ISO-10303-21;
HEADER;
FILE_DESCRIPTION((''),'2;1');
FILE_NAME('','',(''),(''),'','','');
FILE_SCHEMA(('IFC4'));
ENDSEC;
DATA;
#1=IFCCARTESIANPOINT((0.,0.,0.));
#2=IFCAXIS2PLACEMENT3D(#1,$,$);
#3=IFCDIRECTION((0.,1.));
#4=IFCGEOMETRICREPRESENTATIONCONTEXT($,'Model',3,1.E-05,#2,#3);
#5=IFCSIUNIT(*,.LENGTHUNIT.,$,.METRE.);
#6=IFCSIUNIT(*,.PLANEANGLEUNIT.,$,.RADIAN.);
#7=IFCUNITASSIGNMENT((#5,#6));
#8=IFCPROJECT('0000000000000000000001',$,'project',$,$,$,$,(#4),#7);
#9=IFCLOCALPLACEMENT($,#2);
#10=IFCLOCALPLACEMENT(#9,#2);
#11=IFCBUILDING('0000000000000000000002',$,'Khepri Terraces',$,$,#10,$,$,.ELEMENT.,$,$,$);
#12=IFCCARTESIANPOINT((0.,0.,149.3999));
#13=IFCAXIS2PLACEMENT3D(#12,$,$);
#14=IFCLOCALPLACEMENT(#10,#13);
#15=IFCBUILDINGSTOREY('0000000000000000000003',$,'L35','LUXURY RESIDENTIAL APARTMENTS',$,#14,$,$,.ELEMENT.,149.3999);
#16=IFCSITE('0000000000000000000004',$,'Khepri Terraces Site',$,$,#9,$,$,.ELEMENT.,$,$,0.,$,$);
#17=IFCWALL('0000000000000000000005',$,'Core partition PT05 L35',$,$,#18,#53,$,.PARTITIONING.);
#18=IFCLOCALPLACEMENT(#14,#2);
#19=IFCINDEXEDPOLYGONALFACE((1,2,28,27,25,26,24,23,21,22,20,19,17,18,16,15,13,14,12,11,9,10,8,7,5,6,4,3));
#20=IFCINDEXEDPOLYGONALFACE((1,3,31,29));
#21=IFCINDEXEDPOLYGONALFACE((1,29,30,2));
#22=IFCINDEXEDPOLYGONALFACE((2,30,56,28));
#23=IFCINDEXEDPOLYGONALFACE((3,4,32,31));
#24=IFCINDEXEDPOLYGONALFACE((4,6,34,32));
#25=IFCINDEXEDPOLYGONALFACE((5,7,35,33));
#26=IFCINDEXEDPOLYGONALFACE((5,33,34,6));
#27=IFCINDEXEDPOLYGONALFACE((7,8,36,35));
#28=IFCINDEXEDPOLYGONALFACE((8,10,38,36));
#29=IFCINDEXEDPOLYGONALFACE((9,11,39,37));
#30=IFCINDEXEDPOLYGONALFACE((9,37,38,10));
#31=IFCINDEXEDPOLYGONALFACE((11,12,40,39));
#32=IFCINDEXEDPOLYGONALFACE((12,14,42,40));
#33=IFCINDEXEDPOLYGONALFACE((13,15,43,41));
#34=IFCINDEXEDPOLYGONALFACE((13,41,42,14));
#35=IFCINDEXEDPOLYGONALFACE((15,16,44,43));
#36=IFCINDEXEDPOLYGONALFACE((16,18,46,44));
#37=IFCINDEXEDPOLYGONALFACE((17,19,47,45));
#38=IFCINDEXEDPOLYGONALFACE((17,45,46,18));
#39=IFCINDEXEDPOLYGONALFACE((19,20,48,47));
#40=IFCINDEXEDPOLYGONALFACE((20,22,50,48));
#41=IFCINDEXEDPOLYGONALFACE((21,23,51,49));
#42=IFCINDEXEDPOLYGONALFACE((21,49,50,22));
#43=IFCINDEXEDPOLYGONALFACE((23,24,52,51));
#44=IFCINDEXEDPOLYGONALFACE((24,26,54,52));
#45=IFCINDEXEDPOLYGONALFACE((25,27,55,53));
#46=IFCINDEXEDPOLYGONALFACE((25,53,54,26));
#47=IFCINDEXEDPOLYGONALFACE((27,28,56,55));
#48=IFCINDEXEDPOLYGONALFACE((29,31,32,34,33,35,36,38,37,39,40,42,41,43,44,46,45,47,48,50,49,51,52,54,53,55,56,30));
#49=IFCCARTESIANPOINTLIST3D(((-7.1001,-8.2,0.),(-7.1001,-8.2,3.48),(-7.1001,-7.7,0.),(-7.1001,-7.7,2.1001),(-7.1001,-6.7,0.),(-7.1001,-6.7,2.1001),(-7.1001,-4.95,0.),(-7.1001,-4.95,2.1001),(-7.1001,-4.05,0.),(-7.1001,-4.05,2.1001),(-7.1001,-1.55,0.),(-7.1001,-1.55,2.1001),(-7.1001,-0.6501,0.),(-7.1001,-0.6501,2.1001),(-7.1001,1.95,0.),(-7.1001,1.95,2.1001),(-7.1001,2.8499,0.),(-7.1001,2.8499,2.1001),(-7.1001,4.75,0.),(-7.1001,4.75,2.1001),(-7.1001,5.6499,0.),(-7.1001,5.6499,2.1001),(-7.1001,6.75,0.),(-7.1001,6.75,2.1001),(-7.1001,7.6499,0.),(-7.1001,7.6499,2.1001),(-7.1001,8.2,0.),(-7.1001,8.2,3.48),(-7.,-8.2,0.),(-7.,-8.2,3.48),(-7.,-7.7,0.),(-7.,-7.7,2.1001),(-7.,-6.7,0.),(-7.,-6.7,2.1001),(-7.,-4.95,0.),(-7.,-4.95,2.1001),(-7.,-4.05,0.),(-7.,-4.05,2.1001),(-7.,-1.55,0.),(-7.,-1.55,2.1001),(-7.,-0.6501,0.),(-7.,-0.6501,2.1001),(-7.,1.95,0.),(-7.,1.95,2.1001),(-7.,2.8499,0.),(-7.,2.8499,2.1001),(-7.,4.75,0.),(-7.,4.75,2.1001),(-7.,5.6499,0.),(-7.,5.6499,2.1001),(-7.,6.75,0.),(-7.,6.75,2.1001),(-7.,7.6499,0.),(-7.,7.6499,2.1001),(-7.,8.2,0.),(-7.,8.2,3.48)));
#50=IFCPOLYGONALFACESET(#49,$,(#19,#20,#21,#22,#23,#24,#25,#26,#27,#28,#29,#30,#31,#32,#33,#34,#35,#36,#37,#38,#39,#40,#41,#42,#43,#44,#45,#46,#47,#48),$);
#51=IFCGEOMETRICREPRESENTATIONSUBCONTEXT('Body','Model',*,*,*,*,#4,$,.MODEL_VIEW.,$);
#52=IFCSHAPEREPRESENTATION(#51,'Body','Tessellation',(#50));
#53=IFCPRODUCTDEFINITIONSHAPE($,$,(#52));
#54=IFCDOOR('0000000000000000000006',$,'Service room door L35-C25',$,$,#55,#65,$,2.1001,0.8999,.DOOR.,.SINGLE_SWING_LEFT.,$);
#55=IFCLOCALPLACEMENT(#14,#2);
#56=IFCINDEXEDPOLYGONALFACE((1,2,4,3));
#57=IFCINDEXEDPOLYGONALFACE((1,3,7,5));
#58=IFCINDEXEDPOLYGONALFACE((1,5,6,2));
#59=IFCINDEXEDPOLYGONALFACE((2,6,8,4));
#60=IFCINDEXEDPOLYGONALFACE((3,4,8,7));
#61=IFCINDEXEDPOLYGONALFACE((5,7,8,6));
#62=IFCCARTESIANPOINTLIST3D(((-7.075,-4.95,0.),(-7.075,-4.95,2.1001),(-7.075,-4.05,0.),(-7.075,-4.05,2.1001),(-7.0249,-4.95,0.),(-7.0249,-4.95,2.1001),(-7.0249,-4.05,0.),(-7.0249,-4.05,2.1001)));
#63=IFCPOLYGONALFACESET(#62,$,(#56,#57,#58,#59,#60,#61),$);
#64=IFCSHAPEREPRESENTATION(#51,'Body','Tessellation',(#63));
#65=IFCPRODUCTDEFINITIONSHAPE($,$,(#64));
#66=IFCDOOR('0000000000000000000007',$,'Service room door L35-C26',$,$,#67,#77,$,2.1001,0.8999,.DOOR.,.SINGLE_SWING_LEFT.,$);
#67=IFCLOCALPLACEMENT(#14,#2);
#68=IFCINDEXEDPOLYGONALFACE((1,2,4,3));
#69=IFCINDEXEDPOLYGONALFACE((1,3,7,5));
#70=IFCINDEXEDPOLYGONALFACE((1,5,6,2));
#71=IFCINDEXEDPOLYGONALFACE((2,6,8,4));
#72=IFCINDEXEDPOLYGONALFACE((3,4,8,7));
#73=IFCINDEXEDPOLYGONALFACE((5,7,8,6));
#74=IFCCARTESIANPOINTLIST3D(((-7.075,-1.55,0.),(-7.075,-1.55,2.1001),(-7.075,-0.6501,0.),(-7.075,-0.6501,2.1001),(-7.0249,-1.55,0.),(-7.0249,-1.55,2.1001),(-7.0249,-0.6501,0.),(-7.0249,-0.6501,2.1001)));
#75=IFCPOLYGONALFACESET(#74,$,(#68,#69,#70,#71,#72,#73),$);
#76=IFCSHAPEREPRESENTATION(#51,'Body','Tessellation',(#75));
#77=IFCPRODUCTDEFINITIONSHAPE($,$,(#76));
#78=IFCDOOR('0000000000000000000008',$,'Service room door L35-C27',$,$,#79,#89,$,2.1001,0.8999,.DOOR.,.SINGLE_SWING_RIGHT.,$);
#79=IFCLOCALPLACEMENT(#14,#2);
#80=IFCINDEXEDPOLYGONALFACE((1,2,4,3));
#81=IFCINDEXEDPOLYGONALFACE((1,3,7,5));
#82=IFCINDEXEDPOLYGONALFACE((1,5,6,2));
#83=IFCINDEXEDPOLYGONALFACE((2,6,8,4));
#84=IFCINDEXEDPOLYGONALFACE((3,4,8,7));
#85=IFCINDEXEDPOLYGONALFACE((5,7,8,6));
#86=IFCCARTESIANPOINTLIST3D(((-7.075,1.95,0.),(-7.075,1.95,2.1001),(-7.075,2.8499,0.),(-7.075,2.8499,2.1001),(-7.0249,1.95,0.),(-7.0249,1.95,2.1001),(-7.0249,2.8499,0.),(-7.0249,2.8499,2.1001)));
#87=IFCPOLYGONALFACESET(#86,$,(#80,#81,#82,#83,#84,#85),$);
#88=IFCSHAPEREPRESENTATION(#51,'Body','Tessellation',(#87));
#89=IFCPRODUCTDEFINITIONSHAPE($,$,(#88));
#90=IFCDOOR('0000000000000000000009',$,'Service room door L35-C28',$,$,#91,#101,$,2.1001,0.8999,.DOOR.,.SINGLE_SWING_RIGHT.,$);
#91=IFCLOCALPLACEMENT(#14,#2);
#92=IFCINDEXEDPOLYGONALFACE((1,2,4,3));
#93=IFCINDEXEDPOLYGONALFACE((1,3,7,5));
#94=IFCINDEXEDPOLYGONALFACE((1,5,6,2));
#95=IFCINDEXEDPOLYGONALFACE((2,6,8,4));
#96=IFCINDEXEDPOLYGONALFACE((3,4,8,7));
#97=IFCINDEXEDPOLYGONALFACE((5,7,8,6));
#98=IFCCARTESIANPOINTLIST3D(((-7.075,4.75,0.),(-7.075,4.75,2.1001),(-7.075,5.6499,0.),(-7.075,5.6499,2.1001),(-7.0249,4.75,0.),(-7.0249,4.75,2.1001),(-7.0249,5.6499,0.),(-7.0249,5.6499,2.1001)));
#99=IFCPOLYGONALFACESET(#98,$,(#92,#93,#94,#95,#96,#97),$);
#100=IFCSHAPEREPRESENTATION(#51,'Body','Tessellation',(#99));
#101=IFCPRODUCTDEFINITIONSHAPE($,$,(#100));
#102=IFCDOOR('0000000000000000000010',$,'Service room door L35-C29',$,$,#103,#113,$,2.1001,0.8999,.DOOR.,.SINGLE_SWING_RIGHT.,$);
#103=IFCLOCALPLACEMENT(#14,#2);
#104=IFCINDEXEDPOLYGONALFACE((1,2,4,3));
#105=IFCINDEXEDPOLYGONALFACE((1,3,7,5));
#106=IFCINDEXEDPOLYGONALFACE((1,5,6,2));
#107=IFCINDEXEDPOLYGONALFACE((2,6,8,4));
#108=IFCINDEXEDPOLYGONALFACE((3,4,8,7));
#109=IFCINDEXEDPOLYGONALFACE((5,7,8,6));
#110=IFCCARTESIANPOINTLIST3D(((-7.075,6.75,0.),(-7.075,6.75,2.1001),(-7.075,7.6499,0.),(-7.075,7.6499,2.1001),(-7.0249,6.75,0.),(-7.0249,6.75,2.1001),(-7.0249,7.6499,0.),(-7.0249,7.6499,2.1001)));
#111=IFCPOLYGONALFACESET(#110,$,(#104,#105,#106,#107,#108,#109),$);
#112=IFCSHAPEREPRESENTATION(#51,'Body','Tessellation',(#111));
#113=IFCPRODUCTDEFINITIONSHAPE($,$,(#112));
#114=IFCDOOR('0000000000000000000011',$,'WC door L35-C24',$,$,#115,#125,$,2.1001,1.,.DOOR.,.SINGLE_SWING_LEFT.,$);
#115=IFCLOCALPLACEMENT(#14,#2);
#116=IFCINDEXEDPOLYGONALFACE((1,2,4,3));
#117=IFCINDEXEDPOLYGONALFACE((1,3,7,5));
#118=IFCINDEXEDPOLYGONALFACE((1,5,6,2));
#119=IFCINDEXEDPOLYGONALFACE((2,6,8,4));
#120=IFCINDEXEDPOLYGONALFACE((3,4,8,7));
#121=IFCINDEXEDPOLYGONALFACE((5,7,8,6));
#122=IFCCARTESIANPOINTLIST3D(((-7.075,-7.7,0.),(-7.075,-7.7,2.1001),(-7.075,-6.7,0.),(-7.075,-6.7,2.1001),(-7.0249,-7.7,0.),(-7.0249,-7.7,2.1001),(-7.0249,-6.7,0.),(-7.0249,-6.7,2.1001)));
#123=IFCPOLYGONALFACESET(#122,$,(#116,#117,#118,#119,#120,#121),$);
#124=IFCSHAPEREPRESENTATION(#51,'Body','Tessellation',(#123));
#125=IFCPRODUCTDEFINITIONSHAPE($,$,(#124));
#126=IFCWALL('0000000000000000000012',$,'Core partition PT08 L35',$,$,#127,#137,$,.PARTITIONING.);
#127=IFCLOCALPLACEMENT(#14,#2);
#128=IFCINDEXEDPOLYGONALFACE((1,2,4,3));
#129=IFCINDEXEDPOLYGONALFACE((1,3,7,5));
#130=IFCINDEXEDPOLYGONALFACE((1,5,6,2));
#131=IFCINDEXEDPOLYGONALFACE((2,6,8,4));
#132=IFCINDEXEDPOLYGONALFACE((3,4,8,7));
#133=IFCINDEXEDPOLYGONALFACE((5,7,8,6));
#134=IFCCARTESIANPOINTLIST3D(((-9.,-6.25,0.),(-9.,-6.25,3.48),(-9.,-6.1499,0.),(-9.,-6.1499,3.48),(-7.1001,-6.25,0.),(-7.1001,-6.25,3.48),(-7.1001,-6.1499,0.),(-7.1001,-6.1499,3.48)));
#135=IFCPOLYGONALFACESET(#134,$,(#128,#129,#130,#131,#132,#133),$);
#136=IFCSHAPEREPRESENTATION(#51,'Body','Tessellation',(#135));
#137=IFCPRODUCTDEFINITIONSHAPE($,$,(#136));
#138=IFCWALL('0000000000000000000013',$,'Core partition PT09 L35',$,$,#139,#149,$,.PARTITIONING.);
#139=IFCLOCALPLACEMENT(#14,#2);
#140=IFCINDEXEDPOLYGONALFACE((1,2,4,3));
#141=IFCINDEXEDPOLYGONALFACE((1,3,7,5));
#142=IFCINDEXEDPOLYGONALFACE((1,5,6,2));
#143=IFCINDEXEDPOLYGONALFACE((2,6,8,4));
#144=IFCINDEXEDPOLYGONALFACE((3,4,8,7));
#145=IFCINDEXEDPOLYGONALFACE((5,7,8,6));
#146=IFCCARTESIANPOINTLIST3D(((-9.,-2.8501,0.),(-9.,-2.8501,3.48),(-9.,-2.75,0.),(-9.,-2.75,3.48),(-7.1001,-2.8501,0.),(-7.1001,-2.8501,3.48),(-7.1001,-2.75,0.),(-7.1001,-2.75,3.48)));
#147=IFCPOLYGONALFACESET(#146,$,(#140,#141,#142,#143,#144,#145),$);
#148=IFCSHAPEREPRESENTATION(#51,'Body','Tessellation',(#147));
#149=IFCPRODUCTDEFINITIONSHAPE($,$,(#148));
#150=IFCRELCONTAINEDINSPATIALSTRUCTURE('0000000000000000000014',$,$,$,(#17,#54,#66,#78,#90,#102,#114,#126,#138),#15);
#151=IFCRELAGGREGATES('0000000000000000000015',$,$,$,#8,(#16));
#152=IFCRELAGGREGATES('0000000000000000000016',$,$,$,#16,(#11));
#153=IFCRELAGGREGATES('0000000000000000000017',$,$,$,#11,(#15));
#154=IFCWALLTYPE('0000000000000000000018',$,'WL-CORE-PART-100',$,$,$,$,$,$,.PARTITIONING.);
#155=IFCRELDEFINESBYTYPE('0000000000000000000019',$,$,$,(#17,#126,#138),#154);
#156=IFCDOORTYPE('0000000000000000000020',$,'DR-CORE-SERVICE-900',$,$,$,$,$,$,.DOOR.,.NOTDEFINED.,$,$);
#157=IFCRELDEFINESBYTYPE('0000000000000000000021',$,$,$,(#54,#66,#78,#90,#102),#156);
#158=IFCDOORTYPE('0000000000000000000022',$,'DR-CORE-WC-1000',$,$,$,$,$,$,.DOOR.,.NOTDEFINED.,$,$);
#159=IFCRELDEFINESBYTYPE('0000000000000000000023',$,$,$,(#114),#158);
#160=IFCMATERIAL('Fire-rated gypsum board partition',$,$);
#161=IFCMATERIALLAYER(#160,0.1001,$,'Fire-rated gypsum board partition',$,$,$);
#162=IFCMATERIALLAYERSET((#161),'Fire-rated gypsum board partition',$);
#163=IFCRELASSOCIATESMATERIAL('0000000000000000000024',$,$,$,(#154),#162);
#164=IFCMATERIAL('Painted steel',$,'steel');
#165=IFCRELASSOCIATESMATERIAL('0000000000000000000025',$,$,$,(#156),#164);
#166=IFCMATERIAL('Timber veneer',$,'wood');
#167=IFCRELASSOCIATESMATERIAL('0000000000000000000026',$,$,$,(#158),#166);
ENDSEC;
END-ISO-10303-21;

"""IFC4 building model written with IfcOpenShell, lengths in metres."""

from ifc_helpers import new_model, si_unit, direction, frame, frame_2d, origin, place, context, subcontext, project, spatial, rectangle, extrude, material, layer, layer_set, type_object, element, fill, save


model = new_model("IFC4")

# Units and contexts
model_context = context("Model", 3, precision=1e-05, world=origin(), true_north=direction((0.0, 1.0)))
body_context = subcontext(model_context, "Body", "Model", "MODEL_VIEW")
ifc_project = project(units=[si_unit("LENGTHUNIT", "METRE"), si_unit("PLANEANGLEUNIT", "RADIAN")], contexts=[model_context])

# Site, building, storey
site_placement = place(None, origin())
site = spatial("IfcSite", under=ifc_project, at=site_placement, Name="Khepri Terraces Site", CompositionType="ELEMENT", RefElevation=0.0)
building_placement = place(site_placement, origin())
building = spatial("IfcBuilding", under=site, at=building_placement, Name="Khepri Terraces", CompositionType="ELEMENT")
storey_placement = place(building_placement, frame((0.0, 0.0, 149.3999)))
storey = spatial("IfcBuildingStorey", under=building, at=storey_placement, Name="L35", Description="LUXURY RESIDENTIAL APARTMENTS", CompositionType="ELEMENT", Elevation=149.3999)

# Shared definitions
ifc_material_1 = material(Name="Painted steel", Category="steel")

# Wall, openings, doors
ifc_material_2 = material(Name="Fire-rated gypsum board partition")
ifc_layer_1 = layer(ifc_material_2, 0.1001, Name="Fire-rated gypsum board partition")
ifc_layer_set_1 = layer_set([ifc_layer_1], Name="Fire-rated gypsum board partition")
wall_type_1 = type_object("IfcWallType", Name="WL-CORE-PART-100", PredefinedType="PARTITIONING", material=ifc_layer_set_1)
wall_1_placement = place(storey_placement, frame((-7.05, -8.2, 0.0), z_axis=(0.0, 0.0, 1.0), x_axis=(0.0, 1.0, 0.0)))
wall_1 = element("IfcWall", 1, at=wall_1_placement, inside=storey, type_object=wall_type_1, Name="Core partition PT05 L35", PredefinedType="PARTITIONING", context=body_context, shape_type="SweptSolid", body=[
    extrude(rectangle(XDim=16.3999, YDim=0.1001, at=frame_2d((8.2, 0.0))), origin(), (0.0, 0.0, 1.0), 3.48),
])
opening_1_placement = place(wall_1_placement, frame((0.5, 0.0, 0.0)))
opening_1 = element("IfcOpeningElement", 2, at=opening_1_placement, cuts=wall_1, PredefinedType="OPENING", context=body_context, shape_type="SweptSolid", body=[
    extrude(rectangle(XDim=1.0, YDim=2.1001, at=frame_2d((0.5, 1.05))), frame((0.0, 0.0601, 0.0), z_axis=(0.0, -1.0, 0.0), x_axis=(1.0, 0.0, 0.0)), (0.0, 0.0, 1.0), 0.1201),
])
opening_2_placement = place(wall_1_placement, frame((3.25, 0.0, 0.0)))
opening_2 = element("IfcOpeningElement", 3, at=opening_2_placement, cuts=wall_1, PredefinedType="OPENING", context=body_context, shape_type="SweptSolid", body=[
    extrude(rectangle(XDim=0.8999, YDim=2.1001, at=frame_2d((0.45, 1.05))), frame((0.0, 0.0601, 0.0), z_axis=(0.0, -1.0, 0.0), x_axis=(1.0, 0.0, 0.0)), (0.0, 0.0, 1.0), 0.1201),
])
opening_3_placement = place(wall_1_placement, frame((6.6499, 0.0, 0.0)))
opening_3 = element("IfcOpeningElement", 4, at=opening_3_placement, cuts=wall_1, PredefinedType="OPENING", context=body_context, shape_type="SweptSolid", body=[
    extrude(rectangle(XDim=0.8999, YDim=2.1001, at=frame_2d((0.45, 1.05))), frame((0.0, 0.0601, 0.0), z_axis=(0.0, -1.0, 0.0), x_axis=(1.0, 0.0, 0.0)), (0.0, 0.0, 1.0), 0.1201),
])
opening_4_placement = place(wall_1_placement, frame((10.1499, 0.0, 0.0)))
opening_4 = element("IfcOpeningElement", 5, at=opening_4_placement, cuts=wall_1, PredefinedType="OPENING", context=body_context, shape_type="SweptSolid", body=[
    extrude(rectangle(XDim=0.8999, YDim=2.1001, at=frame_2d((0.45, 1.05))), frame((0.0, 0.0601, 0.0), z_axis=(0.0, -1.0, 0.0), x_axis=(1.0, 0.0, 0.0)), (0.0, 0.0, 1.0), 0.1201),
])
opening_5_placement = place(wall_1_placement, frame((12.95, 0.0, 0.0)))
opening_5 = element("IfcOpeningElement", 6, at=opening_5_placement, cuts=wall_1, PredefinedType="OPENING", context=body_context, shape_type="SweptSolid", body=[
    extrude(rectangle(XDim=0.8999, YDim=2.1001, at=frame_2d((0.45, 1.05))), frame((0.0, 0.0601, 0.0), z_axis=(0.0, -1.0, 0.0), x_axis=(1.0, 0.0, 0.0)), (0.0, 0.0, 1.0), 0.1201),
])
opening_6_placement = place(wall_1_placement, frame((14.95, 0.0, 0.0)))
opening_6 = element("IfcOpeningElement", 7, at=opening_6_placement, cuts=wall_1, PredefinedType="OPENING", context=body_context, shape_type="SweptSolid", body=[
    extrude(rectangle(XDim=0.8999, YDim=2.1001, at=frame_2d((0.45, 1.05))), frame((0.0, 0.0601, 0.0), z_axis=(0.0, -1.0, 0.0), x_axis=(1.0, 0.0, 0.0)), (0.0, 0.0, 1.0), 0.1201),
])
door_type_1 = type_object("IfcDoorType", Name="DR-CORE-SERVICE-900", OperationType="NOTDEFINED", PredefinedType="DOOR", material=ifc_material_1)
door_1_placement = place(opening_2_placement, origin())
door_1 = element("IfcDoor", 8, at=door_1_placement, inside=storey, type_object=door_type_1, Name="Service room door L35-C25", OperationType="SINGLE_SWING_LEFT", OverallHeight=2.1001, OverallWidth=0.8999, PredefinedType="DOOR", context=body_context, shape_type="SweptSolid", body=[
    extrude(rectangle(XDim=0.8999, YDim=2.1001, at=frame_2d((0.45, 1.05))), frame((0.0, 0.0249, 0.0), z_axis=(0.0, -1.0, 0.0), x_axis=(1.0, 0.0, 0.0)), (0.0, 0.0, 1.0), 0.05),
])
fill(opening_2, door_1)
door_2_placement = place(opening_3_placement, origin())
door_2 = element("IfcDoor", 9, at=door_2_placement, inside=storey, type_object=door_type_1, Name="Service room door L35-C26", OperationType="SINGLE_SWING_LEFT", OverallHeight=2.1001, OverallWidth=0.8999, PredefinedType="DOOR", context=body_context, shape_type="SweptSolid", body=[
    extrude(rectangle(XDim=0.8999, YDim=2.1001, at=frame_2d((0.45, 1.05))), frame((0.0, 0.0249, 0.0), z_axis=(0.0, -1.0, 0.0), x_axis=(1.0, 0.0, 0.0)), (0.0, 0.0, 1.0), 0.05),
])
fill(opening_3, door_2)
door_3_placement = place(opening_4_placement, origin())
door_3 = element("IfcDoor", 10, at=door_3_placement, inside=storey, type_object=door_type_1, Name="Service room door L35-C27", OperationType="SINGLE_SWING_RIGHT", OverallHeight=2.1001, OverallWidth=0.8999, PredefinedType="DOOR", context=body_context, shape_type="SweptSolid", body=[
    extrude(rectangle(XDim=0.8999, YDim=2.1001, at=frame_2d((0.45, 1.05))), frame((0.0, 0.0249, 0.0), z_axis=(0.0, -1.0, 0.0), x_axis=(1.0, 0.0, 0.0)), (0.0, 0.0, 1.0), 0.05),
])
fill(opening_4, door_3)
door_4_placement = place(opening_5_placement, origin())
door_4 = element("IfcDoor", 11, at=door_4_placement, inside=storey, type_object=door_type_1, Name="Service room door L35-C28", OperationType="SINGLE_SWING_RIGHT", OverallHeight=2.1001, OverallWidth=0.8999, PredefinedType="DOOR", context=body_context, shape_type="SweptSolid", body=[
    extrude(rectangle(XDim=0.8999, YDim=2.1001, at=frame_2d((0.45, 1.05))), frame((0.0, 0.0249, 0.0), z_axis=(0.0, -1.0, 0.0), x_axis=(1.0, 0.0, 0.0)), (0.0, 0.0, 1.0), 0.05),
])
fill(opening_5, door_4)
door_5_placement = place(opening_6_placement, origin())
door_5 = element("IfcDoor", 12, at=door_5_placement, inside=storey, type_object=door_type_1, Name="Service room door L35-C29", OperationType="SINGLE_SWING_RIGHT", OverallHeight=2.1001, OverallWidth=0.8999, PredefinedType="DOOR", context=body_context, shape_type="SweptSolid", body=[
    extrude(rectangle(XDim=0.8999, YDim=2.1001, at=frame_2d((0.45, 1.05))), frame((0.0, 0.0249, 0.0), z_axis=(0.0, -1.0, 0.0), x_axis=(1.0, 0.0, 0.0)), (0.0, 0.0, 1.0), 0.05),
])
fill(opening_6, door_5)
ifc_material_3 = material(Name="Timber veneer", Category="wood")
door_type_2 = type_object("IfcDoorType", Name="DR-CORE-WC-1000", OperationType="NOTDEFINED", PredefinedType="DOOR", material=ifc_material_3)
door_6_placement = place(opening_1_placement, origin())
door_6 = element("IfcDoor", 13, at=door_6_placement, inside=storey, type_object=door_type_2, Name="WC door L35-C24", OperationType="SINGLE_SWING_LEFT", OverallHeight=2.1001, OverallWidth=1.0, PredefinedType="DOOR", context=body_context, shape_type="SweptSolid", body=[
    extrude(rectangle(XDim=1.0, YDim=2.1001, at=frame_2d((0.5, 1.05))), frame((0.0, 0.0249, 0.0), z_axis=(0.0, -1.0, 0.0), x_axis=(1.0, 0.0, 0.0)), (0.0, 0.0, 1.0), 0.05),
])
fill(opening_1, door_6)

# Walls
for number, where, z_axis, x_axis, name in (
    (14, (-9.0, -6.2, 0.0), (0.0, 0.0, 1.0), (1.0, 0.0, 0.0), "Core partition PT08 L35"),
    (15, (-9.0, -2.8, 0.0), (0.0, 0.0, 1.0), (1.0, 0.0, 0.0), "Core partition PT09 L35"),
):
    element("IfcWall", number, at=place(storey_placement, frame(where, z_axis=z_axis, x_axis=x_axis)), inside=storey, type_object=wall_type_1, Name=name, PredefinedType="PARTITIONING", context=body_context, shape_type="SweptSolid", body=[
        extrude(rectangle(XDim=1.8999, YDim=0.1001, at=frame_2d((0.95, 0.0))), origin(), (0.0, 0.0, 1.0), 3.48),
    ])

save(model, "model.ifc")
